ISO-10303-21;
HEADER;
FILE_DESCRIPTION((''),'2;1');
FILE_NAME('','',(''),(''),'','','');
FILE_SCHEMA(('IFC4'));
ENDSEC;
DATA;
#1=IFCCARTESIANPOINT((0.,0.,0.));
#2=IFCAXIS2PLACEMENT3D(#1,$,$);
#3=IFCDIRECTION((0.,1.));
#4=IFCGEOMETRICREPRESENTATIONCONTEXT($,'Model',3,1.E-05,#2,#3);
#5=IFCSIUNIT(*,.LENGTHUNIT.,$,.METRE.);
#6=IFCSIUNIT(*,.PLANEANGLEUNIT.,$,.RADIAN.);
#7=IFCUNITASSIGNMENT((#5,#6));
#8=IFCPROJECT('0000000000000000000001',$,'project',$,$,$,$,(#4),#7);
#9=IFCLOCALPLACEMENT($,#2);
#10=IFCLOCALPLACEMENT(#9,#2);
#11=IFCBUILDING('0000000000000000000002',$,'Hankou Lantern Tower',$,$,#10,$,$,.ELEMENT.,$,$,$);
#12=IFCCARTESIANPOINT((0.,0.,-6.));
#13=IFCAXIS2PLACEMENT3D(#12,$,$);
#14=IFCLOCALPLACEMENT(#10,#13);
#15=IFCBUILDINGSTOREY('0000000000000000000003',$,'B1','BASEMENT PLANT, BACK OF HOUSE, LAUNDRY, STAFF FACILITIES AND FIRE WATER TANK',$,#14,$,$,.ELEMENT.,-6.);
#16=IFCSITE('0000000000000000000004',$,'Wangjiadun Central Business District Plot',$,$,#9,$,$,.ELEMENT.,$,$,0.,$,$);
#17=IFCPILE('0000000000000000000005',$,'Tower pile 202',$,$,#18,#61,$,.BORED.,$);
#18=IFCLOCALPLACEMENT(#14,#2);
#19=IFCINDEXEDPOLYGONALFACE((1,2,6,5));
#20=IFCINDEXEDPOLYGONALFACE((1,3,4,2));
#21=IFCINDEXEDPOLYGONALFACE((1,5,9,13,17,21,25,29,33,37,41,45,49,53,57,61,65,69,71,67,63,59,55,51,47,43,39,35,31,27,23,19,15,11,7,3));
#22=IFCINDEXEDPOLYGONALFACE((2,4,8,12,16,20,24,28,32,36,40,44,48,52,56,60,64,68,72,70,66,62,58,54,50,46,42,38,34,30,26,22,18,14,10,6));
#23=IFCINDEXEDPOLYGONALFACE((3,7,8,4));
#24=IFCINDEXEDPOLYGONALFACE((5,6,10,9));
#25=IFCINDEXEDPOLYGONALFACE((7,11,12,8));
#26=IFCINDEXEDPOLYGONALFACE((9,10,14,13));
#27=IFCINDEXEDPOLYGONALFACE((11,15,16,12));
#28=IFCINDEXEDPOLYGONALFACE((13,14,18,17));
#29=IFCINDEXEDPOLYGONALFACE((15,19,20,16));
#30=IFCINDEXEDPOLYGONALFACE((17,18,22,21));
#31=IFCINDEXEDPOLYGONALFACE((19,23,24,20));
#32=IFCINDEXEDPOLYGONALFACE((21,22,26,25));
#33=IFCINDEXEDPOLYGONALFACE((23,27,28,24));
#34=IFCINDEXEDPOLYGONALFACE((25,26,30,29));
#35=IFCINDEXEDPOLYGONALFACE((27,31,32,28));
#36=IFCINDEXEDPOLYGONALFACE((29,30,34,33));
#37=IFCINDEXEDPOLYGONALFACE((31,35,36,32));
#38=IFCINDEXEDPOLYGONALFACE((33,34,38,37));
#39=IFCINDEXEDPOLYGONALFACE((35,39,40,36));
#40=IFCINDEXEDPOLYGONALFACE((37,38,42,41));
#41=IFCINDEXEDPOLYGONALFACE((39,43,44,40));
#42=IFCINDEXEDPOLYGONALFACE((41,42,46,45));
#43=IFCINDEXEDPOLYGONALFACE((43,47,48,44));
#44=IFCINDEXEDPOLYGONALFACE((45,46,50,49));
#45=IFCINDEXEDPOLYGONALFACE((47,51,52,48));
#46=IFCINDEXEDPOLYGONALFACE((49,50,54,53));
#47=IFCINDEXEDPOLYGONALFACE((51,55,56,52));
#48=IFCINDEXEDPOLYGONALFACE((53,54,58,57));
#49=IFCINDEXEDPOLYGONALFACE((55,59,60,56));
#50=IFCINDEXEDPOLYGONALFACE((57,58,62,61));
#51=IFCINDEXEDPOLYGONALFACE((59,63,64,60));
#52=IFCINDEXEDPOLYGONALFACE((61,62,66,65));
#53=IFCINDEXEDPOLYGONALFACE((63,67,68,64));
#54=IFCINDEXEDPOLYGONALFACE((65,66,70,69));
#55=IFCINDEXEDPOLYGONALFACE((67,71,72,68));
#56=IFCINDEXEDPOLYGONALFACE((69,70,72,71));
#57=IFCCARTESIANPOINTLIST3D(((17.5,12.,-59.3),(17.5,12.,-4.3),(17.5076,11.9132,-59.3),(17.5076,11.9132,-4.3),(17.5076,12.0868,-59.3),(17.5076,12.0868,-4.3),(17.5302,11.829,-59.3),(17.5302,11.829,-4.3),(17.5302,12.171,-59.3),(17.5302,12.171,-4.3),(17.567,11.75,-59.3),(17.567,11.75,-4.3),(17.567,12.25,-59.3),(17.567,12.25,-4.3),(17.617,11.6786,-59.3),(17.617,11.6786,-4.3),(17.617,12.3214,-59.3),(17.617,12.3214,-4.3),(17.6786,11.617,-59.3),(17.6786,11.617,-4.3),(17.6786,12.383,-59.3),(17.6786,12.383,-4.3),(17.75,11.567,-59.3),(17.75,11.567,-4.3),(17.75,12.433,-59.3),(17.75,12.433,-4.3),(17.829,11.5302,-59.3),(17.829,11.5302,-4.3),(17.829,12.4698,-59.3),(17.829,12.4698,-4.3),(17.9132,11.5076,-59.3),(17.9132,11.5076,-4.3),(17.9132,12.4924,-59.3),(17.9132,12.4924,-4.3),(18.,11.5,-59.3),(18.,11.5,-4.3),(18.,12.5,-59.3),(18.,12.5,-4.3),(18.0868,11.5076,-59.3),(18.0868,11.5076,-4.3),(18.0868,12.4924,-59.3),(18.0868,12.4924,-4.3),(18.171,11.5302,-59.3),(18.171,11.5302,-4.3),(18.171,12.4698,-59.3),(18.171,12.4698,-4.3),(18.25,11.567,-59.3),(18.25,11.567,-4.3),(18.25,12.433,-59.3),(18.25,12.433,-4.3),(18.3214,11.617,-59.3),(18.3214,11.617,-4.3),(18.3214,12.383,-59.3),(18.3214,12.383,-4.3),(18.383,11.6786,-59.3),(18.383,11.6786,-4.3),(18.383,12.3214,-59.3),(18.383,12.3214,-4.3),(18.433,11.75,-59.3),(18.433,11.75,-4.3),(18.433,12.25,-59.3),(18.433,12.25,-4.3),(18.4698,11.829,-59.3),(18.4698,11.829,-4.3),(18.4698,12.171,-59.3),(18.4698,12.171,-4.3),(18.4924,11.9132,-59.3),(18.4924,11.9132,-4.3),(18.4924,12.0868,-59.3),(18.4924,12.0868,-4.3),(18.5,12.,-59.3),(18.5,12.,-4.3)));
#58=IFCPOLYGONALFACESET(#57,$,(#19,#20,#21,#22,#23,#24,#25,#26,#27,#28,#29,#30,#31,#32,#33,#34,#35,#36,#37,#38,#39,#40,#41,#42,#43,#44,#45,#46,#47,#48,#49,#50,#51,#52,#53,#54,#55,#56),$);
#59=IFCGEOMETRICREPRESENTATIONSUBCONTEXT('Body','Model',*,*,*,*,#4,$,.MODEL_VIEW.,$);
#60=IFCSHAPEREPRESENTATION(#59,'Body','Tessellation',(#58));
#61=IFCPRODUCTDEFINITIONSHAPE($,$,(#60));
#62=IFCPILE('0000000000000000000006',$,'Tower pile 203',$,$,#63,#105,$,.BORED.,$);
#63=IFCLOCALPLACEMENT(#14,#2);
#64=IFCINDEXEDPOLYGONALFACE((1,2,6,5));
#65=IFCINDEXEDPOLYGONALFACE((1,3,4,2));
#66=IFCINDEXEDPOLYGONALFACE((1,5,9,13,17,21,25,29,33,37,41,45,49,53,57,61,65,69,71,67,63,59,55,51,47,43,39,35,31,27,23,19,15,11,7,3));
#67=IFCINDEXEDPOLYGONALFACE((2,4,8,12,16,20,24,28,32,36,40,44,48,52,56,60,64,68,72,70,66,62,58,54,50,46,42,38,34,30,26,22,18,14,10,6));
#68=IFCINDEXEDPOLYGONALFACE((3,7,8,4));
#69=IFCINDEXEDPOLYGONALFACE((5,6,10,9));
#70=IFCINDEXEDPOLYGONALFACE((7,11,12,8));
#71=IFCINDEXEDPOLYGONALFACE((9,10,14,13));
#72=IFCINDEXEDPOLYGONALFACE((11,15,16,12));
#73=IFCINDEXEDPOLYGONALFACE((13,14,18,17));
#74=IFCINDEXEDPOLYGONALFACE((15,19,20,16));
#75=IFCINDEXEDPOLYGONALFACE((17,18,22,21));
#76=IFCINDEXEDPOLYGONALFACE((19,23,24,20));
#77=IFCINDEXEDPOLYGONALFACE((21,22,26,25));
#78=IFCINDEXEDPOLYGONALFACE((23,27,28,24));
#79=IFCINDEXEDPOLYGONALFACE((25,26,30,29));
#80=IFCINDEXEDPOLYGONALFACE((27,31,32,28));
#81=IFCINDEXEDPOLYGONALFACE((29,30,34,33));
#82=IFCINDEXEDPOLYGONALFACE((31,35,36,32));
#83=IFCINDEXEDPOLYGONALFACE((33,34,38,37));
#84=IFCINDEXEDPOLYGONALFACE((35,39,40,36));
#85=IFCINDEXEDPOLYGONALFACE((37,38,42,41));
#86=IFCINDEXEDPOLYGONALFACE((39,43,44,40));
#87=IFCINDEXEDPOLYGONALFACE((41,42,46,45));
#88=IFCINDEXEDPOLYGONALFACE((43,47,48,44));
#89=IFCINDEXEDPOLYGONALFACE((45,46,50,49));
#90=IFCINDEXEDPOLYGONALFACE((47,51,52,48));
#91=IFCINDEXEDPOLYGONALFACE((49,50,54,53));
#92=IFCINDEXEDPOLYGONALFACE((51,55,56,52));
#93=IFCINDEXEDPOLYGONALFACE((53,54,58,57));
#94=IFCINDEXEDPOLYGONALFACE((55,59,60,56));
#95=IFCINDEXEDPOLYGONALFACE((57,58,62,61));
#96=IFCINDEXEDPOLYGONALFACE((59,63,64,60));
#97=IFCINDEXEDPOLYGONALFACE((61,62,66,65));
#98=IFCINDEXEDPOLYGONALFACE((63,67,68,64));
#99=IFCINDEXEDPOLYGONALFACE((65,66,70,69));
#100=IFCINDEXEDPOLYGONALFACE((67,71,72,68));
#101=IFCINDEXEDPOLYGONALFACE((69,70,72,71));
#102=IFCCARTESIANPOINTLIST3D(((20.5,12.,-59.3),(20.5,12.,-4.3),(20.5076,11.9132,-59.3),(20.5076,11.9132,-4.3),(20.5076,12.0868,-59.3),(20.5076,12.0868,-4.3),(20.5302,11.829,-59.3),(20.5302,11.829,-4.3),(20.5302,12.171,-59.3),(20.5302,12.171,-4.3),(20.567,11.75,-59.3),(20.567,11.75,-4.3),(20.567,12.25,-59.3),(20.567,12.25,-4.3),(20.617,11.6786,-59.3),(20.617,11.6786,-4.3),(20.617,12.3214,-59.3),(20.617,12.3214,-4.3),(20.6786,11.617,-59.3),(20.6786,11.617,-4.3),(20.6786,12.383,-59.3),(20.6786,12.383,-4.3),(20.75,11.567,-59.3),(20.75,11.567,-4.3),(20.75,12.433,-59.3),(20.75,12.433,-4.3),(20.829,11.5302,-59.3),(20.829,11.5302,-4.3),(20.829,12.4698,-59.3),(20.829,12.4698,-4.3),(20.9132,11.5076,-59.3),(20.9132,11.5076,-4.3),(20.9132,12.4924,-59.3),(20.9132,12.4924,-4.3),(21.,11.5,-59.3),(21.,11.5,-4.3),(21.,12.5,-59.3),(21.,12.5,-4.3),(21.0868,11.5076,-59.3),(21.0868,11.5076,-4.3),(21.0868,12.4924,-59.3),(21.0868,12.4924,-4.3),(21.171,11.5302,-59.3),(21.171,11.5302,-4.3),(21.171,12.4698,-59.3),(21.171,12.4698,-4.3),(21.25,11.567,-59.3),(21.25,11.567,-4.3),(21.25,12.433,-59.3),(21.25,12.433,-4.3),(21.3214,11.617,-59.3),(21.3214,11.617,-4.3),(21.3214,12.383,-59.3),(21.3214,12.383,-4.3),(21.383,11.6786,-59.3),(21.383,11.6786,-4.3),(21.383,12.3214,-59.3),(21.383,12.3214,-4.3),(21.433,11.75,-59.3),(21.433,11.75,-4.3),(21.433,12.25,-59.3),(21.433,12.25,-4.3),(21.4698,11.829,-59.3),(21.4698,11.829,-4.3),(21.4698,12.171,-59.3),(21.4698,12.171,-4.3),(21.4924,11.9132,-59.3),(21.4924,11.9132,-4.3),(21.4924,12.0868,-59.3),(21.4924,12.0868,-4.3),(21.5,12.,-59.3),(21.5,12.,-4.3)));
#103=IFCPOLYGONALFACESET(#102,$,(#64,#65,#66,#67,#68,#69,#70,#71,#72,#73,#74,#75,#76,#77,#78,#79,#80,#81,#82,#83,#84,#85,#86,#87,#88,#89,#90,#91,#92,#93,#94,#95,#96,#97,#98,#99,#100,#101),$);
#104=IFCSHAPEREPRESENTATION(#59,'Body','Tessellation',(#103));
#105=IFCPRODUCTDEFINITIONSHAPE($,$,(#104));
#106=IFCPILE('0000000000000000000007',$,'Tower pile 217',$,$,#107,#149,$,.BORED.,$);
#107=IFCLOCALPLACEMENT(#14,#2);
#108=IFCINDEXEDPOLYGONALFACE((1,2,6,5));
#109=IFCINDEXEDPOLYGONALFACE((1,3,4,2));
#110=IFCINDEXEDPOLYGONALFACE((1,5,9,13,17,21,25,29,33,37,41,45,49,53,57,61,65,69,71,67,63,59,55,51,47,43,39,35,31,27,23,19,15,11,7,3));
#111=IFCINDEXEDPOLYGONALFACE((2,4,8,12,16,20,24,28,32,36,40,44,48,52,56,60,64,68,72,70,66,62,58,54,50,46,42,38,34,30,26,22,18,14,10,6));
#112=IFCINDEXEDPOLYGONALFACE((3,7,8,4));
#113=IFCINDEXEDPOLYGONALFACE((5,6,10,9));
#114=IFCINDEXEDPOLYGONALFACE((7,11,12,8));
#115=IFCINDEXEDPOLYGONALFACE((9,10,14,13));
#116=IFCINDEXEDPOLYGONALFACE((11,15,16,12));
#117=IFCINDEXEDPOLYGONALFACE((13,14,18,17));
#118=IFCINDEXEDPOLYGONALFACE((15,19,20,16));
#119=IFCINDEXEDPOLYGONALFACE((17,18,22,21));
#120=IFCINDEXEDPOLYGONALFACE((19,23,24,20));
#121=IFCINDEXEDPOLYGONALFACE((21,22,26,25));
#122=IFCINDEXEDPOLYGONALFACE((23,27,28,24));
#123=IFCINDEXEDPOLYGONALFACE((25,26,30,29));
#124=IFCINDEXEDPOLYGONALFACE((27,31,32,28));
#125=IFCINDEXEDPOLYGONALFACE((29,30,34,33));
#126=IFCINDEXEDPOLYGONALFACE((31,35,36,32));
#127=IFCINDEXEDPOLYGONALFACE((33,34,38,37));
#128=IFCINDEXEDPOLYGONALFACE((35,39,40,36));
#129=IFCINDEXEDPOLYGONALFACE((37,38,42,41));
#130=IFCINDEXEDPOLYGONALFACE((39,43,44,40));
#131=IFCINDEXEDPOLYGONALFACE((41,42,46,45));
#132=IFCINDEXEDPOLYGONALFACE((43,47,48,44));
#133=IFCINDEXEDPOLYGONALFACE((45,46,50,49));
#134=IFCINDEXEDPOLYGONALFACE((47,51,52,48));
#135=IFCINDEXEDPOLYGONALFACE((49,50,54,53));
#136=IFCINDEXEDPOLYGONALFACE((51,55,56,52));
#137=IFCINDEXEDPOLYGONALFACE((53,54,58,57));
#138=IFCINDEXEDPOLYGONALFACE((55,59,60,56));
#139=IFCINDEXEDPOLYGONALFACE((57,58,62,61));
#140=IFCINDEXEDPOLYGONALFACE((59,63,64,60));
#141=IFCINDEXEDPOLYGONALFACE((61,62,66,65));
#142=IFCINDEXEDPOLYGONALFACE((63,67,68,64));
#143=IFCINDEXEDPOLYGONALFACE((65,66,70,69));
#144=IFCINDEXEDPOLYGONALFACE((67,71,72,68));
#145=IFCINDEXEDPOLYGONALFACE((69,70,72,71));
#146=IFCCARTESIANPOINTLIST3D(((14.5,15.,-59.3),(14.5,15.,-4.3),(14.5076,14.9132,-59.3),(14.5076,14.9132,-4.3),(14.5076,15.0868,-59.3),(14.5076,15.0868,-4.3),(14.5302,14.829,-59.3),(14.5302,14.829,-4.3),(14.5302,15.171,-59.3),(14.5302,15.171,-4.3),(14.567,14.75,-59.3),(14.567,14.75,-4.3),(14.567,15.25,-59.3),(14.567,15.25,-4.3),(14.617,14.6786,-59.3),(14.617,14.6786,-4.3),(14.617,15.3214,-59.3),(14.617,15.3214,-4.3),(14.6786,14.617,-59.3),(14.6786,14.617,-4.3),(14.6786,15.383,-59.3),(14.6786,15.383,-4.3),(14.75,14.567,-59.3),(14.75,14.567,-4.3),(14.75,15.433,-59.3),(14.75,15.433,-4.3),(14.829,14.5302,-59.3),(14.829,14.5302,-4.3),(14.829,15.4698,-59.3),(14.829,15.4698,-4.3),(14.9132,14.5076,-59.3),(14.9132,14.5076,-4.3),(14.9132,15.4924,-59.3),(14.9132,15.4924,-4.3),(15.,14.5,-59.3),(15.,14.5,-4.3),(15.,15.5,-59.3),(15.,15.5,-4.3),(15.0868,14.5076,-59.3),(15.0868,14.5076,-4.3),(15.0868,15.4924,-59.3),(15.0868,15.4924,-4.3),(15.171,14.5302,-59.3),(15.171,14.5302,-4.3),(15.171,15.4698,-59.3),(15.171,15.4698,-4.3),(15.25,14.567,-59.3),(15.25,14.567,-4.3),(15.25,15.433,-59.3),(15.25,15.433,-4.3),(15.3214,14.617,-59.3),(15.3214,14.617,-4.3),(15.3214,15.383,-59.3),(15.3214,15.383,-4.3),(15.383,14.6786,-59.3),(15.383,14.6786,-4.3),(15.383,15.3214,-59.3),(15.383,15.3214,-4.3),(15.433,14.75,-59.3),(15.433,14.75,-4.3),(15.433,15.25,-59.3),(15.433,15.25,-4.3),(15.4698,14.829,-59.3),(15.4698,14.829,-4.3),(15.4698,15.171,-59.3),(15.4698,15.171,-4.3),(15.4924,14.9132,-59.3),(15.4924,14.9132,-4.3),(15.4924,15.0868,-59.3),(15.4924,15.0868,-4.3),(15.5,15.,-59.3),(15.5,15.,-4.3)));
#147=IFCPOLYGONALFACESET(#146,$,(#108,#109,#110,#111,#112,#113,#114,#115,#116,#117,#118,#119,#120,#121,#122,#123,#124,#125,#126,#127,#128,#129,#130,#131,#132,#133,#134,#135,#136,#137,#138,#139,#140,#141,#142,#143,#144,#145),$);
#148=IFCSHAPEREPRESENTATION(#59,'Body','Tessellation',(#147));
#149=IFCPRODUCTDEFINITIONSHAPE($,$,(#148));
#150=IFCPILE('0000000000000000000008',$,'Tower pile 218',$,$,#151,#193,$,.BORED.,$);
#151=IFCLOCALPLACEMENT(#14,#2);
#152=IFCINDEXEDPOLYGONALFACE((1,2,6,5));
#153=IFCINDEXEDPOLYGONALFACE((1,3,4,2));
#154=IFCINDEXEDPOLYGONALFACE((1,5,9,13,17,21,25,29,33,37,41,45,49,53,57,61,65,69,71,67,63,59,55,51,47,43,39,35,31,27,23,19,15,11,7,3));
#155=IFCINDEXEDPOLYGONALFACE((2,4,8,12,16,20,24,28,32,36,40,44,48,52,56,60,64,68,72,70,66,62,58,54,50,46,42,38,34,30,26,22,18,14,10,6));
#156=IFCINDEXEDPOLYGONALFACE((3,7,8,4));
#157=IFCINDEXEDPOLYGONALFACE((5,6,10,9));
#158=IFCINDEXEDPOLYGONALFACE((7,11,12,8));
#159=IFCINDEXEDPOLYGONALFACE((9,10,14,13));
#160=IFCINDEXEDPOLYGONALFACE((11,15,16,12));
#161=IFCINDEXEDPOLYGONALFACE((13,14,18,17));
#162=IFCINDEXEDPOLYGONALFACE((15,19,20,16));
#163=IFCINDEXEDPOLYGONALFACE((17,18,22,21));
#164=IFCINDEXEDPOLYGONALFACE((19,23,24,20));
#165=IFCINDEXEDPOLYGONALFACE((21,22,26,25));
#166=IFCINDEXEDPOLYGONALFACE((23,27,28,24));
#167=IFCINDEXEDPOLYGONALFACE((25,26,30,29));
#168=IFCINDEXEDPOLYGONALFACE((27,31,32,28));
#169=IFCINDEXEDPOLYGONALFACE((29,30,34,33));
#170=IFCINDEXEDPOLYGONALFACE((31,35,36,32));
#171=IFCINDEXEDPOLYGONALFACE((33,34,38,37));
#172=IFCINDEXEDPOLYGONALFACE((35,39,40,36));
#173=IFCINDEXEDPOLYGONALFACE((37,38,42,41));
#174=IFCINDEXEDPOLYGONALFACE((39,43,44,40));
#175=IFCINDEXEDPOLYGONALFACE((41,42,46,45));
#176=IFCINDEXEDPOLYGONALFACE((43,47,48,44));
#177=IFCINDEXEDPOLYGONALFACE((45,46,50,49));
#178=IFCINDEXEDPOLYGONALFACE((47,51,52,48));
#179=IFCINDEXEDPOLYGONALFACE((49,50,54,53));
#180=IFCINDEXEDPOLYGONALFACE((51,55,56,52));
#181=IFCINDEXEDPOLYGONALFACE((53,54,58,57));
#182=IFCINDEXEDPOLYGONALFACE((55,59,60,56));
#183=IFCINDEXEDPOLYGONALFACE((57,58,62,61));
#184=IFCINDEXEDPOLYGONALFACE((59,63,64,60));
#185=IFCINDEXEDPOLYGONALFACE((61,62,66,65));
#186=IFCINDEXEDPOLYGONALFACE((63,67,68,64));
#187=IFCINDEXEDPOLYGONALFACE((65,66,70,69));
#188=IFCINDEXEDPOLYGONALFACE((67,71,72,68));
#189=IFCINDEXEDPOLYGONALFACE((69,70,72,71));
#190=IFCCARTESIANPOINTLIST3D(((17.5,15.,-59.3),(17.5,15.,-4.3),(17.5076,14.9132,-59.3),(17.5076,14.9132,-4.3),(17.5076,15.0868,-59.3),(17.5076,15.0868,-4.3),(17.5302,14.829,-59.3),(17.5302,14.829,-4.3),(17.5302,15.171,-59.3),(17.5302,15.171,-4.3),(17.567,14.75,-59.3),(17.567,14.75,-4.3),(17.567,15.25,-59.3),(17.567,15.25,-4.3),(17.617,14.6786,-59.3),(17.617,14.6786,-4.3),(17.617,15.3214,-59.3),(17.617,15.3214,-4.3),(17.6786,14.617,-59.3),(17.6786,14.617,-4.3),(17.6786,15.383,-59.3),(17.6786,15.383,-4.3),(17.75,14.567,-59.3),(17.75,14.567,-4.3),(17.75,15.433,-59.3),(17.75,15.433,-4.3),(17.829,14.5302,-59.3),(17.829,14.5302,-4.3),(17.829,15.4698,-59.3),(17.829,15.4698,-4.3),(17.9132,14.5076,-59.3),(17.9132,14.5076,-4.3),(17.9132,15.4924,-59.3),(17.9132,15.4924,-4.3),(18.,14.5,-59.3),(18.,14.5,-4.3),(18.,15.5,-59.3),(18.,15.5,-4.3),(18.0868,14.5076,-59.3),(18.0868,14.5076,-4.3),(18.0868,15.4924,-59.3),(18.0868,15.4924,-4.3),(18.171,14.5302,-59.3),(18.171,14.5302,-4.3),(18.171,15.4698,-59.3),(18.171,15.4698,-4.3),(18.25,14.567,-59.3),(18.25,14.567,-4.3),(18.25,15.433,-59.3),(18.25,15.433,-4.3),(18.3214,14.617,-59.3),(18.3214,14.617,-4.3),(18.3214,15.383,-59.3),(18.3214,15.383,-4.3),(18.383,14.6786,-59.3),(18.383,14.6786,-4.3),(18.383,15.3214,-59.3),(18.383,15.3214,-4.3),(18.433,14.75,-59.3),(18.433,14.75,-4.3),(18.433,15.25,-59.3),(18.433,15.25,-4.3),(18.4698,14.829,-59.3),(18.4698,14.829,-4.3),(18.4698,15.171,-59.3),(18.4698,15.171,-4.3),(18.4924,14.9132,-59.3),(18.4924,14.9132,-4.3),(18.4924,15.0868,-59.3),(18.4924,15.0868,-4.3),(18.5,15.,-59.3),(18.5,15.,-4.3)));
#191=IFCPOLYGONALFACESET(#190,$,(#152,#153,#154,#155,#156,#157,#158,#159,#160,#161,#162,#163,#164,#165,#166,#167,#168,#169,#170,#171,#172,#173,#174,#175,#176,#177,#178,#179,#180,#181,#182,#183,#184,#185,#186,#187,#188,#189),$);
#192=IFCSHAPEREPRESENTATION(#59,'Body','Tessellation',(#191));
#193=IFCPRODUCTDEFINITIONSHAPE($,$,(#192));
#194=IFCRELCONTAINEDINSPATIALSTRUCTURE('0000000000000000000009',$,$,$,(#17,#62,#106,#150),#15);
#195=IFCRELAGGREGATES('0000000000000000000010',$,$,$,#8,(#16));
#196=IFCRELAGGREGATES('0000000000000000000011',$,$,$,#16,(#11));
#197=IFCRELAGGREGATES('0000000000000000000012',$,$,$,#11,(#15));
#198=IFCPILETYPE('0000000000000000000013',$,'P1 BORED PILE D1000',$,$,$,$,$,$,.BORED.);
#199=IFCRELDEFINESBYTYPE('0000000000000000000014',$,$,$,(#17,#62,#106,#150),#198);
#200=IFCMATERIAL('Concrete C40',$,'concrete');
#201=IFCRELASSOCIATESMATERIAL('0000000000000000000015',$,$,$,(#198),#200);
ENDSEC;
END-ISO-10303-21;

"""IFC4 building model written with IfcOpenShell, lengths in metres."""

from ifc_helpers import new_model, si_unit, direction, frame, origin, origin_2d, place, context, subcontext, project, spatial, circle, extrude, material, material_profile, profile_set, type_object, element, save


model = new_model("IFC4")

# Units and contexts
model_context = context("Model", 3, precision=1e-05, world=origin(), true_north=direction((0.0, 1.0)))
body_context = subcontext(model_context, "Body", "Model", "MODEL_VIEW")
ifc_project = project(units=[si_unit("LENGTHUNIT", "METRE"), si_unit("PLANEANGLEUNIT", "RADIAN")], contexts=[model_context])

# Site, building, storey
site_placement = place(None, origin())
site = spatial("IfcSite", under=ifc_project, at=site_placement, Name="Wangjiadun Central Business District Plot", CompositionType="ELEMENT", RefElevation=0.0)
building_placement = place(site_placement, origin())
building = spatial("IfcBuilding", under=site, at=building_placement, Name="Hankou Lantern Tower", CompositionType="ELEMENT")
storey_placement = place(building_placement, frame((0.0, 0.0, -6.0)))
storey = spatial("IfcBuildingStorey", under=building, at=storey_placement, Name="B1", Description="BASEMENT PLANT, BACK OF HOUSE, LAUNDRY, STAFF FACILITIES AND FIRE WATER TANK", CompositionType="ELEMENT", Elevation=-6.0)

# Piles
ifc_material_1 = material(Name="Concrete C40", Category="concrete")
ifc_material_profile_1 = material_profile(ifc_material_1, circle(Radius=0.5, at=origin_2d()), Name="RC D1000")
ifc_profile_set_1 = profile_set([ifc_material_profile_1], Name="Concrete C40")
pile_type_1 = type_object("IfcPileType", Name="P1 BORED PILE D1000", PredefinedType="BORED", material=ifc_profile_set_1)
for number, where, z_axis, x_axis, name in (
    (1, (18.0, 12.0, -4.3), (0.0, 0.0, -1.0), (1.0, 0.0, 0.0), "Tower pile 202"),
    (2, (21.0, 12.0, -4.3), (0.0, 0.0, -1.0), (1.0, 0.0, 0.0), "Tower pile 203"),
    (3, (15.0, 15.0, -4.3), (0.0, 0.0, -1.0), (1.0, 0.0, 0.0), "Tower pile 217"),
    (4, (18.0, 15.0, -4.3), (0.0, 0.0, -1.0), (1.0, 0.0, 0.0), "Tower pile 218"),
):
    element("IfcPile", number, at=place(storey_placement, frame(where, z_axis=z_axis, x_axis=x_axis)), inside=storey, type_object=pile_type_1, Name=name, PredefinedType="BORED", context=body_context, shape_type="SweptSolid", body=[
        extrude(circle(Radius=0.5, at=origin_2d()), origin(), (0.0, 0.0, 1.0), 55.0),
    ])

save(model, "model.ifc")
